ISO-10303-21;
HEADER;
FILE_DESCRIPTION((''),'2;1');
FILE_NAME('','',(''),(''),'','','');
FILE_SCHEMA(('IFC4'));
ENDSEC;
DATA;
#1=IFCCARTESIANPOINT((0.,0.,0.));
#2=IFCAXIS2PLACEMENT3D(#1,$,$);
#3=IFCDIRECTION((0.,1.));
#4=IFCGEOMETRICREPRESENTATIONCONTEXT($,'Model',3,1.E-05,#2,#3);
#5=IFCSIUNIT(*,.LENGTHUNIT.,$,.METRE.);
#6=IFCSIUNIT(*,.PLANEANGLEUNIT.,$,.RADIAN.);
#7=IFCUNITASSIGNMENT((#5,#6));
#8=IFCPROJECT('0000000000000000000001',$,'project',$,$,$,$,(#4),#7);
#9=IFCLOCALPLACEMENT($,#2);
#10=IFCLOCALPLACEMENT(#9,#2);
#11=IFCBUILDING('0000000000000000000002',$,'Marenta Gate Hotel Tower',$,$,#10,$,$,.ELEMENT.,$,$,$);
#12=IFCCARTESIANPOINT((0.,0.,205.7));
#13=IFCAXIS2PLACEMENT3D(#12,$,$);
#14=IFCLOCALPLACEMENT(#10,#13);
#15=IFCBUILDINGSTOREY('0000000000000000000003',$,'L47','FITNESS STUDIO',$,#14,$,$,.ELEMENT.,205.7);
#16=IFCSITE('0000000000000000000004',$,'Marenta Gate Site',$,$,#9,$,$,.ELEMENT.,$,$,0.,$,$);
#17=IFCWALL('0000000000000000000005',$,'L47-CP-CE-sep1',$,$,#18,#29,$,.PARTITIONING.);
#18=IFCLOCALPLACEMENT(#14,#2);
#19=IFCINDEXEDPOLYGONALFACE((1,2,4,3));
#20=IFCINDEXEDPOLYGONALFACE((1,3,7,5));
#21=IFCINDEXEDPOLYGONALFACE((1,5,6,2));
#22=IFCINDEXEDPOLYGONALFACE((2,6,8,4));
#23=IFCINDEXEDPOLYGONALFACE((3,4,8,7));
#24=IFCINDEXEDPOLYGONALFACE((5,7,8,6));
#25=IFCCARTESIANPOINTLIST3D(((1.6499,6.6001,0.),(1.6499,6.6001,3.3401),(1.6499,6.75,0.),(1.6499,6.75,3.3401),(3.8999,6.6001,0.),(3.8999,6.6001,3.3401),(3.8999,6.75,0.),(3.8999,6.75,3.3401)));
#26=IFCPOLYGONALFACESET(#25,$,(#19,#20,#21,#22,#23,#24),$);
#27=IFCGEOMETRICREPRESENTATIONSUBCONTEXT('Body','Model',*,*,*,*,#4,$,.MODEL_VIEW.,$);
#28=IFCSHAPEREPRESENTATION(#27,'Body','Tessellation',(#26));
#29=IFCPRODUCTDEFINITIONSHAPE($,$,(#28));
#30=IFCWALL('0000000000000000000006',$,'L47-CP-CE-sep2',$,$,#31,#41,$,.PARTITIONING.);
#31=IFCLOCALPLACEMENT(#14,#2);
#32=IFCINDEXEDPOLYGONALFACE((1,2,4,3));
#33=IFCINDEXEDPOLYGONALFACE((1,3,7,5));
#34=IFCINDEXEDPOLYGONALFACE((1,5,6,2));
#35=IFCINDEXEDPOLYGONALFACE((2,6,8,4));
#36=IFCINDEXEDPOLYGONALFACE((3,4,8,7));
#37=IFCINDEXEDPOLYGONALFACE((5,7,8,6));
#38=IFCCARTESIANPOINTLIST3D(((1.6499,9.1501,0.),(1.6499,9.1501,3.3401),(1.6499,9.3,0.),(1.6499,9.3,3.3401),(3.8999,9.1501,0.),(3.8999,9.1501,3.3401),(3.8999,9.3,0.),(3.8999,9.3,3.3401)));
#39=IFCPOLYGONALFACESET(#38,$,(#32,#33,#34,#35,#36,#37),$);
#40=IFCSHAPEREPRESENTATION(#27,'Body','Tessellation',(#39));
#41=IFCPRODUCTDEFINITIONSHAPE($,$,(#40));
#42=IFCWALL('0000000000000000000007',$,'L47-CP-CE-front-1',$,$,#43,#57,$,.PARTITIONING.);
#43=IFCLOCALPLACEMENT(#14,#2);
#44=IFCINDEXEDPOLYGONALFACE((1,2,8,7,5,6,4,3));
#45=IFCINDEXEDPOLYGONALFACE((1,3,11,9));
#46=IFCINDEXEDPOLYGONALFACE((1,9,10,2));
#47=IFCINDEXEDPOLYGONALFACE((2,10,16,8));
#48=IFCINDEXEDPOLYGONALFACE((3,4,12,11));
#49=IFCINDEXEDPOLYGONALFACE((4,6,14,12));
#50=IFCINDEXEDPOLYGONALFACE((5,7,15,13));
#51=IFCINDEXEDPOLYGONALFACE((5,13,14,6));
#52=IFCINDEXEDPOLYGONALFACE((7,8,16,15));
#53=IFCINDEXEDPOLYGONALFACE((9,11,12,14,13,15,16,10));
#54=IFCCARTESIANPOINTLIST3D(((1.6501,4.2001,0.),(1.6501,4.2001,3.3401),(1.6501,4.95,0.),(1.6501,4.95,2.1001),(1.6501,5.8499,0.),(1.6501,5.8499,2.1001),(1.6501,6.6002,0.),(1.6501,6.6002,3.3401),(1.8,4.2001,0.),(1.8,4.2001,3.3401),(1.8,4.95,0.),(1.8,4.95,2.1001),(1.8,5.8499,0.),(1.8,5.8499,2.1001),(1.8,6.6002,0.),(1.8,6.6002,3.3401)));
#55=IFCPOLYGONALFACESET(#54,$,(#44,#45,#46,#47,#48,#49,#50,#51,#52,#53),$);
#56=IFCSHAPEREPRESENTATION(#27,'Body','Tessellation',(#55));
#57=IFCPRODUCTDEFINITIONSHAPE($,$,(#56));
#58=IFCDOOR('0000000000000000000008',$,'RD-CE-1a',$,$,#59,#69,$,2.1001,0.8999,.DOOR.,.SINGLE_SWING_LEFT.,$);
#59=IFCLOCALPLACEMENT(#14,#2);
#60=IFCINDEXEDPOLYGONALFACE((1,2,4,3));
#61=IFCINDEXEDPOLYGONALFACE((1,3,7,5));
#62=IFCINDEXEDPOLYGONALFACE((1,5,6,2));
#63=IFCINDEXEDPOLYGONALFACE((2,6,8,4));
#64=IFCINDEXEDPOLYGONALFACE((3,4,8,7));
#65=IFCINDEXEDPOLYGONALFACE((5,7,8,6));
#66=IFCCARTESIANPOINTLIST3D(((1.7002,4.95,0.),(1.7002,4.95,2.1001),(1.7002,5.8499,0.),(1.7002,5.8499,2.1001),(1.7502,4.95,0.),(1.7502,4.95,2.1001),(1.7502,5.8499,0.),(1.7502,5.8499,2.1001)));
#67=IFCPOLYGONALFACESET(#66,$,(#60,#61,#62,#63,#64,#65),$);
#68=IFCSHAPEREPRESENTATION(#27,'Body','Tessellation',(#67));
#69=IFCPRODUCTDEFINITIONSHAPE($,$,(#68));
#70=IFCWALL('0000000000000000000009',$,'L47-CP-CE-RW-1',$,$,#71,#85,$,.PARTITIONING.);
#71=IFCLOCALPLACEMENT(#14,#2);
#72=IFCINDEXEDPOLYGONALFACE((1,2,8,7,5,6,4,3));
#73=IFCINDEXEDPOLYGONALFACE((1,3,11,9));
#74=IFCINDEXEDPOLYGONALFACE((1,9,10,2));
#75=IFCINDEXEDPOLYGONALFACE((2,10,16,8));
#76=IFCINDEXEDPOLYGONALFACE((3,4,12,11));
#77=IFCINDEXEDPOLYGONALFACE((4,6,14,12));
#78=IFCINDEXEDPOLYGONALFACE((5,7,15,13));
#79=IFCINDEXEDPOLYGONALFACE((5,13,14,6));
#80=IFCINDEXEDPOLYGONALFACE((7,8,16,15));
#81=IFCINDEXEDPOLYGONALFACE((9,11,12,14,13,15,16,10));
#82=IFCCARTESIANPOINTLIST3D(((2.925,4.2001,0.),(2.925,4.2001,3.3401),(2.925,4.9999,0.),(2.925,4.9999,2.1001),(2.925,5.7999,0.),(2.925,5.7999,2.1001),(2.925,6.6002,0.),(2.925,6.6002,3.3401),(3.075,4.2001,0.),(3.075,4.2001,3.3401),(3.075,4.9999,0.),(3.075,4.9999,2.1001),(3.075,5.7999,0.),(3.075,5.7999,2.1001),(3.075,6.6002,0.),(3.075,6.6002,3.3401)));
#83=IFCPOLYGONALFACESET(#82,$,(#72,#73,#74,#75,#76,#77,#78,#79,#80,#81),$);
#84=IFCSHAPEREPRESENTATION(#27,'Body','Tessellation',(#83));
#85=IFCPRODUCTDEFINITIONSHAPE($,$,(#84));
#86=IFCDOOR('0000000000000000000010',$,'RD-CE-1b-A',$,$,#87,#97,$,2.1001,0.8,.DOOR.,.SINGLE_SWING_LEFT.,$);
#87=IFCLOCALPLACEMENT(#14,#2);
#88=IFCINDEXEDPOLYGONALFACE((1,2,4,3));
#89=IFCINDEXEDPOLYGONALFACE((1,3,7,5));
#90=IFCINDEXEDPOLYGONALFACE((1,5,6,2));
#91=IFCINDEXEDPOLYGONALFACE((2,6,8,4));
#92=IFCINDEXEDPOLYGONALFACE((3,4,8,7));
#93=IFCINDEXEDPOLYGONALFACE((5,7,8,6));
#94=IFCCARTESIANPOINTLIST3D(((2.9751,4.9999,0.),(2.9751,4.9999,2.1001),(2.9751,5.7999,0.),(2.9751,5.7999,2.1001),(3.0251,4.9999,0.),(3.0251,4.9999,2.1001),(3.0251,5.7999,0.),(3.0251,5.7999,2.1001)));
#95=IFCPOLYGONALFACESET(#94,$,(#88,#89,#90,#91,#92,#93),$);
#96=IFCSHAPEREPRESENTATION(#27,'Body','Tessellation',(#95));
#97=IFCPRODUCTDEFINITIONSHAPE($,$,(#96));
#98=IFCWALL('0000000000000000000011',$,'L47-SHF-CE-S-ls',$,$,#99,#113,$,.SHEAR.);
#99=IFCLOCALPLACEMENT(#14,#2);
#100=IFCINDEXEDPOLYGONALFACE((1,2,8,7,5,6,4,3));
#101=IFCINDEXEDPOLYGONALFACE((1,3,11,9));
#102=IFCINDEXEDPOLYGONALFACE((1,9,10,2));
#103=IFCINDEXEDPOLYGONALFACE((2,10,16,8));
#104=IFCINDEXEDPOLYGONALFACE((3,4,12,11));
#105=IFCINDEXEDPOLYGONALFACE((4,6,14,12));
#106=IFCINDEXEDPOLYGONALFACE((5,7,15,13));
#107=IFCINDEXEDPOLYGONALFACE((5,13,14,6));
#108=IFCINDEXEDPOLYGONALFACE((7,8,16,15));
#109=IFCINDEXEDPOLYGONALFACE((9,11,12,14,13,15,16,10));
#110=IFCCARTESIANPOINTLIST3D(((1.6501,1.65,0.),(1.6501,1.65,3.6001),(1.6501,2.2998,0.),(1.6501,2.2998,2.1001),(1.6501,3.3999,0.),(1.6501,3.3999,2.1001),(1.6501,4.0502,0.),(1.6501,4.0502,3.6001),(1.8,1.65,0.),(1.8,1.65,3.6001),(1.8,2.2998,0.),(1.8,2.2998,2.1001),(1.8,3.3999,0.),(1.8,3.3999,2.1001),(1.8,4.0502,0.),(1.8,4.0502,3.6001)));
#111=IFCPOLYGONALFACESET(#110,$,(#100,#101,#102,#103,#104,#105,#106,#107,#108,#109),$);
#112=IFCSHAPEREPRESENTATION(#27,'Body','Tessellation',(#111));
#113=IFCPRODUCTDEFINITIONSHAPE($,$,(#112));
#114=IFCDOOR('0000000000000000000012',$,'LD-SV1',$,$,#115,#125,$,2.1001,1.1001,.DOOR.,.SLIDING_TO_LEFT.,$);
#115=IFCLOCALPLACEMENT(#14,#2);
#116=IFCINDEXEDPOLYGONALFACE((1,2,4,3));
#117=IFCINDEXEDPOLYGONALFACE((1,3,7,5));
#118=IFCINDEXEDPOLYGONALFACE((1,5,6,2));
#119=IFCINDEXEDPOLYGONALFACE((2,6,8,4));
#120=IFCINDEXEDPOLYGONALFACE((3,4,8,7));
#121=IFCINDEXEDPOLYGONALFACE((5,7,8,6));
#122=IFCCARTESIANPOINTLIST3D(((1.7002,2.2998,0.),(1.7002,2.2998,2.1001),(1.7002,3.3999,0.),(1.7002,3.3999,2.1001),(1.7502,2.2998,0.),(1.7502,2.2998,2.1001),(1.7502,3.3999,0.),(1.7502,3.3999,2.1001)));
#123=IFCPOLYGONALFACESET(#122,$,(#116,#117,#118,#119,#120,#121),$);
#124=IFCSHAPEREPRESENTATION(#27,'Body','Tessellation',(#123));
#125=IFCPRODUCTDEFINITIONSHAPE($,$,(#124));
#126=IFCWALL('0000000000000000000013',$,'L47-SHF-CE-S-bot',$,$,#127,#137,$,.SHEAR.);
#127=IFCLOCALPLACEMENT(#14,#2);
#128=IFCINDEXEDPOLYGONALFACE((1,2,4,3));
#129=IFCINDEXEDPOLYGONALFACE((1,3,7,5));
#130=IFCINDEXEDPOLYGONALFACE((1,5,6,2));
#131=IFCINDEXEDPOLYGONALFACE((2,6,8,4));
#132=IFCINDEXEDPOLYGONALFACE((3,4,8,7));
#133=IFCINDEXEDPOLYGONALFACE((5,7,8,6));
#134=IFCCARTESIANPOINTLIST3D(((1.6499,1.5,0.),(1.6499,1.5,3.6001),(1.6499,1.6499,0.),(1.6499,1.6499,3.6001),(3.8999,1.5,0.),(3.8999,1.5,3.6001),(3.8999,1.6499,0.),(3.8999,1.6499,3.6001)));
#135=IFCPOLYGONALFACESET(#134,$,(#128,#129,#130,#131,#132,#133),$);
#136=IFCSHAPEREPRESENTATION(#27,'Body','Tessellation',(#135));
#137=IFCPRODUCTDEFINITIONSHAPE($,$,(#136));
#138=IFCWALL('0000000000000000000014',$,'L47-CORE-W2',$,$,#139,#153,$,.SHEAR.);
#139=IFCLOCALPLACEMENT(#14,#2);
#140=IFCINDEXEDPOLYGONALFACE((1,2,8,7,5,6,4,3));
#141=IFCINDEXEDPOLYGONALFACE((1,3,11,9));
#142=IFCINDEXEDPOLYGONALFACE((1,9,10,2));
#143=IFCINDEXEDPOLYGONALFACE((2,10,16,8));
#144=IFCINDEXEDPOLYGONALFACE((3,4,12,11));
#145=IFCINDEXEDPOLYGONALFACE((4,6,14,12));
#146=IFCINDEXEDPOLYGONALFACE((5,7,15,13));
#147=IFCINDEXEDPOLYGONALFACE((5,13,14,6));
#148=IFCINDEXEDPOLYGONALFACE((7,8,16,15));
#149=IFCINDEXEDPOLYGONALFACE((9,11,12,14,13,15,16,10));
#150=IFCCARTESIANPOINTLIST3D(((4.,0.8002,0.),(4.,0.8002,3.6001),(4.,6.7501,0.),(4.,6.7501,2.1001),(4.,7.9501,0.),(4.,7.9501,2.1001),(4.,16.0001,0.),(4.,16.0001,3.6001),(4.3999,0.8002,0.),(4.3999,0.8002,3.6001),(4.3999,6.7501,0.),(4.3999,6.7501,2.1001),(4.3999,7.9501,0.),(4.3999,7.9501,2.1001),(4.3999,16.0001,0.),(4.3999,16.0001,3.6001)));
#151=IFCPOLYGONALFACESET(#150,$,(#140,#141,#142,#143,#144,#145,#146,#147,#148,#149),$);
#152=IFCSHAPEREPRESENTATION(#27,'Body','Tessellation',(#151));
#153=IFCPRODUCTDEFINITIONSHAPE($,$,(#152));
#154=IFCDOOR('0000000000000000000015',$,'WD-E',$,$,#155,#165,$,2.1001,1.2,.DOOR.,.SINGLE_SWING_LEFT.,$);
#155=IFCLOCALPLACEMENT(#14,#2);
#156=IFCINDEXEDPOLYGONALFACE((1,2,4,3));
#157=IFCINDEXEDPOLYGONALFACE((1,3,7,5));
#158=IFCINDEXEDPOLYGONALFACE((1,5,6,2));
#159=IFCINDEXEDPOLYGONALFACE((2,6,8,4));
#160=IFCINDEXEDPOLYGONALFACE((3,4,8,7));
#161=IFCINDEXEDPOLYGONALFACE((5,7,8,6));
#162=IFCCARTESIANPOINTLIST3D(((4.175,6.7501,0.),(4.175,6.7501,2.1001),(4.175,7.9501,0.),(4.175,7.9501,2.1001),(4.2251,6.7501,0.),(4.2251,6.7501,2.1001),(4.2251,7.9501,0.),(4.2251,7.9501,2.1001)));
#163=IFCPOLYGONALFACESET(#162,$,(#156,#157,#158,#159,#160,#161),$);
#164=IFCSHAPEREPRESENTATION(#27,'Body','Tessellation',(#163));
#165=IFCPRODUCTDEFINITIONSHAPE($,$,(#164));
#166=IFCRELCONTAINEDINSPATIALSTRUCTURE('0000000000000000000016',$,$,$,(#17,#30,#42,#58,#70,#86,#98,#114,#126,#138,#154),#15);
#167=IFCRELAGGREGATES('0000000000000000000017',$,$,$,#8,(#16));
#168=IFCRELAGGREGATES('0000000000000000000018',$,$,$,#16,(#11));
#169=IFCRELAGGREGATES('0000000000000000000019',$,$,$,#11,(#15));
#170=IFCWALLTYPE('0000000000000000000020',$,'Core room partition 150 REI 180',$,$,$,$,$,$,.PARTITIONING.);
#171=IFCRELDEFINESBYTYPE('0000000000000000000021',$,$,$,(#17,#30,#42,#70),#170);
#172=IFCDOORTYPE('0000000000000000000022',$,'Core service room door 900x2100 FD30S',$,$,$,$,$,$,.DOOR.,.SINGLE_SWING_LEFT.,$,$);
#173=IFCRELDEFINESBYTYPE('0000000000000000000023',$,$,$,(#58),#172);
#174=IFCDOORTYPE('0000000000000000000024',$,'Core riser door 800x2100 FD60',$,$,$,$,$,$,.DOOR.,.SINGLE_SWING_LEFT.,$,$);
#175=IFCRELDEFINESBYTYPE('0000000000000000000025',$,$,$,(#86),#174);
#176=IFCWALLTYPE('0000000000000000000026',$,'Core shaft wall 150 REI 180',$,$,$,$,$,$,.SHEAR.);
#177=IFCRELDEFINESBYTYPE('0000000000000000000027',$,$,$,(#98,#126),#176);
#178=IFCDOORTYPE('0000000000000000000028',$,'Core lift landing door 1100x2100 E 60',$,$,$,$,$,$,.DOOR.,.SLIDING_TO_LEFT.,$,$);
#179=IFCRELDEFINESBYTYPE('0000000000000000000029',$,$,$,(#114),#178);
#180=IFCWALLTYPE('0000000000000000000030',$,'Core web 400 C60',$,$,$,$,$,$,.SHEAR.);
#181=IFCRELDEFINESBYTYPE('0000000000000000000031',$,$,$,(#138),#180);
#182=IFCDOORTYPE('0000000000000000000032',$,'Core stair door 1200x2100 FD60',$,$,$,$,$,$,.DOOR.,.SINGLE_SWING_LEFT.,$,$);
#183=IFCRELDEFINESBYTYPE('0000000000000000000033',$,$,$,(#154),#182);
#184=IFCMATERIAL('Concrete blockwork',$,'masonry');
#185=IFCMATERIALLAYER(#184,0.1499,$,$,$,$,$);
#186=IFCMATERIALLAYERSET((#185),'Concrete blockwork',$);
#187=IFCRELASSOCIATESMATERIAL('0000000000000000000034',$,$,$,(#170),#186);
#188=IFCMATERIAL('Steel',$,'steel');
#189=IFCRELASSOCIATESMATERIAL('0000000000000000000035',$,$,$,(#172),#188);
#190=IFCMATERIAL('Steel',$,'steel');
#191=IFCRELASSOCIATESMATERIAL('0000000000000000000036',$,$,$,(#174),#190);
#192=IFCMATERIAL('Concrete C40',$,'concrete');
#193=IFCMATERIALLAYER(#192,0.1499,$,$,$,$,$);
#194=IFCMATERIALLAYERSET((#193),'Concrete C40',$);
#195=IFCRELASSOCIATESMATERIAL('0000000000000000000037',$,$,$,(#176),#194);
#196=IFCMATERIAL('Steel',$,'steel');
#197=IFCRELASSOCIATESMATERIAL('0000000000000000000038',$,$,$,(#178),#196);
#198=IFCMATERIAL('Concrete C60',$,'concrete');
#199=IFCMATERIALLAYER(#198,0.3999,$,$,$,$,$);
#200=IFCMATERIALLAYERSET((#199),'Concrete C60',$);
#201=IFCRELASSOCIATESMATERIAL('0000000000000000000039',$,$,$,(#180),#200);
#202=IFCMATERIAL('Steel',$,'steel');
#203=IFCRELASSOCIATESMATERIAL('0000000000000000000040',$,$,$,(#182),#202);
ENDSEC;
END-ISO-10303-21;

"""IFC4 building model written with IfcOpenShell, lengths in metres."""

from ifc_helpers import new_model, si_unit, direction, frame, frame_2d, origin, place, context, subcontext, project, spatial, rectangle, extrude, material, layer, layer_set, type_object, element, fill, save


model = new_model("IFC4")

# Units and contexts
model_context = context("Model", 3, precision=1e-05, world=origin(), true_north=direction((0.0, 1.0)))
body_context = subcontext(model_context, "Body", "Model", "MODEL_VIEW")
ifc_project = project(units=[si_unit("LENGTHUNIT", "METRE"), si_unit("PLANEANGLEUNIT", "RADIAN")], contexts=[model_context])

# Site, building, storey
site_placement = place(None, origin())
site = spatial("IfcSite", under=ifc_project, at=site_placement, Name="Marenta Gate Site", CompositionType="ELEMENT", RefElevation=0.0)
building_placement = place(site_placement, origin())
building = spatial("IfcBuilding", under=site, at=building_placement, Name="Marenta Gate Hotel Tower", CompositionType="ELEMENT")
storey_placement = place(building_placement, frame((0.0, 0.0, 205.7)))
storey = spatial("IfcBuildingStorey", under=building, at=storey_placement, Name="L47", Description="FITNESS STUDIO", CompositionType="ELEMENT", Elevation=205.7)

# Walls
ifc_material_1 = material(Name="Concrete blockwork", Category="masonry")
ifc_layer_1 = layer(ifc_material_1, 0.1499)
ifc_layer_set_1 = layer_set([ifc_layer_1], Name="Concrete blockwork")
wall_type_1 = type_object("IfcWallType", Name="Core room partition 150 REI 180", PredefinedType="PARTITIONING", material=ifc_layer_set_1)
for number, where, z_axis, x_axis, name in (
    (1, (1.6499, 6.675, 0.0), (0.0, 0.0, 1.0), (1.0, 0.0, 0.0), "L47-CP-CE-sep1"),
    (2, (1.6499, 9.2251, 0.0), (0.0, 0.0, 1.0), (1.0, 0.0, 0.0), "L47-CP-CE-sep2"),
):
    element("IfcWall", number, at=place(storey_placement, frame(where, z_axis=z_axis, x_axis=x_axis)), inside=storey, type_object=wall_type_1, Name=name, PredefinedType="PARTITIONING", context=body_context, shape_type="SweptSolid", body=[
        extrude(rectangle(XDim=2.25, YDim=0.1499, at=frame_2d((1.125, 0.0))), origin(), (0.0, 0.0, 1.0), 3.3401),
    ])

# Walls, openings, doors
wall_1_placement = place(storey_placement, frame((1.7251, 4.2, 0.0), z_axis=(0.0, 0.0, 1.0), x_axis=(0.0, 1.0, 0.0)))
wall_1 = element("IfcWall", 3, at=wall_1_placement, inside=storey, type_object=wall_type_1, Name="L47-CP-CE-front-1", PredefinedType="PARTITIONING", context=body_context, shape_type="SweptSolid", body=[
    extrude(rectangle(XDim=2.4001, YDim=0.1499, at=frame_2d((1.2002, 0.0))), origin(), (0.0, 0.0, 1.0), 3.3401),
])
opening_1_placement = place(wall_1_placement, frame((0.75, 0.0, 0.0)))
opening_1 = element("IfcOpeningElement", 4, at=opening_1_placement, cuts=wall_1, PredefinedType="OPENING", context=body_context, shape_type="SweptSolid", body=[
    extrude(rectangle(XDim=0.8999, YDim=2.1001, at=frame_2d((0.45, 1.05))), frame((0.0, 0.075, 0.0), z_axis=(0.0, -1.0, 0.0), x_axis=(1.0, 0.0, 0.0)), (0.0, 0.0, 1.0), 0.1499),
])
ifc_material_2 = material(Name="Steel", Category="steel")
door_type_1 = type_object("IfcDoorType", Name="Core service room door 900x2100 FD30S", OperationType="SINGLE_SWING_LEFT", PredefinedType="DOOR", material=ifc_material_2)
door_1_placement = place(opening_1_placement, origin())
door_1 = element("IfcDoor", 5, at=door_1_placement, inside=storey, type_object=door_type_1, Name="RD-CE-1a", OperationType="SINGLE_SWING_LEFT", OverallHeight=2.1001, OverallWidth=0.8999, PredefinedType="DOOR", context=body_context, shape_type="SweptSolid", body=[
    extrude(rectangle(XDim=0.8999, YDim=2.1001, at=frame_2d((0.45, 1.05))), frame((0.0, 0.0249, 0.0), z_axis=(0.0, -1.0, 0.0), x_axis=(1.0, 0.0, 0.0)), (0.0, 0.0, 1.0), 0.05),
])
fill(opening_1, door_1)
wall_2_placement = place(storey_placement, frame((3.0, 4.2, 0.0), z_axis=(0.0, 0.0, 1.0), x_axis=(0.0, 1.0, 0.0)))
wall_2 = element("IfcWall", 6, at=wall_2_placement, inside=storey, type_object=wall_type_1, Name="L47-CP-CE-RW-1", PredefinedType="PARTITIONING", context=body_context, shape_type="SweptSolid", body=[
    extrude(rectangle(XDim=2.4001, YDim=0.1499, at=frame_2d((1.2002, 0.0))), origin(), (0.0, 0.0, 1.0), 3.3401),
])
opening_2_placement = place(wall_2_placement, frame((0.8, 0.0, 0.0)))
opening_2 = element("IfcOpeningElement", 7, at=opening_2_placement, cuts=wall_2, PredefinedType="OPENING", context=body_context, shape_type="SweptSolid", body=[
    extrude(rectangle(XDim=0.8, YDim=2.1001, at=frame_2d((0.3999, 1.05))), frame((0.0, 0.075, 0.0), z_axis=(0.0, -1.0, 0.0), x_axis=(1.0, 0.0, 0.0)), (0.0, 0.0, 1.0), 0.1499),
])
ifc_material_3 = material(Name="Steel", Category="steel")
door_type_2 = type_object("IfcDoorType", Name="Core riser door 800x2100 FD60", OperationType="SINGLE_SWING_LEFT", PredefinedType="DOOR", material=ifc_material_3)
door_2_placement = place(opening_2_placement, origin())
door_2 = element("IfcDoor", 8, at=door_2_placement, inside=storey, type_object=door_type_2, Name="RD-CE-1b-A", OperationType="SINGLE_SWING_LEFT", OverallHeight=2.1001, OverallWidth=0.8, PredefinedType="DOOR", context=body_context, shape_type="SweptSolid", body=[
    extrude(rectangle(XDim=0.8, YDim=2.1001, at=frame_2d((0.3999, 1.05))), frame((0.0, 0.0249, 0.0), z_axis=(0.0, -1.0, 0.0), x_axis=(1.0, 0.0, 0.0)), (0.0, 0.0, 1.0), 0.05),
])
fill(opening_2, door_2)
ifc_material_4 = material(Name="Concrete C40", Category="concrete")
ifc_layer_2 = layer(ifc_material_4, 0.1499)
ifc_layer_set_2 = layer_set([ifc_layer_2], Name="Concrete C40")
wall_type_2 = type_object("IfcWallType", Name="Core shaft wall 150 REI 180", PredefinedType="SHEAR", material=ifc_layer_set_2)
wall_3_placement = place(storey_placement, frame((1.7251, 1.6499, 0.0), z_axis=(0.0, 0.0, 1.0), x_axis=(0.0, 1.0, 0.0)))
wall_3 = element("IfcWall", 9, at=wall_3_placement, inside=storey, type_object=wall_type_2, Name="L47-SHF-CE-S-ls", PredefinedType="SHEAR", context=body_context, shape_type="SweptSolid", body=[
    extrude(rectangle(XDim=2.4001, YDim=0.1499, at=frame_2d((1.2002, 0.0))), origin(), (0.0, 0.0, 1.0), 3.6001),
])
opening_3_placement = place(wall_3_placement, frame((0.6499, 0.0, 0.0)))
opening_3 = element("IfcOpeningElement", 10, at=opening_3_placement, cuts=wall_3, PredefinedType="OPENING", context=body_context, shape_type="SweptSolid", body=[
    extrude(rectangle(XDim=1.1001, YDim=2.1001, at=frame_2d((0.55, 1.05))), frame((0.0, 0.075, 0.0), z_axis=(0.0, -1.0, 0.0), x_axis=(1.0, 0.0, 0.0)), (0.0, 0.0, 1.0), 0.1499),
])
ifc_material_5 = material(Name="Steel", Category="steel")
door_type_3 = type_object("IfcDoorType", Name="Core lift landing door 1100x2100 E 60", OperationType="SLIDING_TO_LEFT", PredefinedType="DOOR", material=ifc_material_5)
door_3_placement = place(opening_3_placement, origin())
door_3 = element("IfcDoor", 11, at=door_3_placement, inside=storey, type_object=door_type_3, Name="LD-SV1", OperationType="SLIDING_TO_LEFT", OverallHeight=2.1001, OverallWidth=1.1001, PredefinedType="DOOR", context=body_context, shape_type="SweptSolid", body=[
    extrude(rectangle(XDim=1.1001, YDim=2.1001, at=frame_2d((0.55, 1.05))), frame((0.0, 0.0249, 0.0), z_axis=(0.0, -1.0, 0.0), x_axis=(1.0, 0.0, 0.0)), (0.0, 0.0, 1.0), 0.05),
])
fill(opening_3, door_3)

# Wall
wall_4_placement = place(storey_placement, frame((1.6499, 1.575, 0.0), z_axis=(0.0, 0.0, 1.0), x_axis=(1.0, 0.0, 0.0)))
element("IfcWall", 12, at=wall_4_placement, inside=storey, type_object=wall_type_2, Name="L47-SHF-CE-S-bot", PredefinedType="SHEAR", context=body_context, shape_type="SweptSolid", body=[
    extrude(rectangle(XDim=2.25, YDim=0.1499, at=frame_2d((1.125, 0.0))), origin(), (0.0, 0.0, 1.0), 3.6001),
])

# Wall, opening, door
ifc_material_6 = material(Name="Concrete C60", Category="concrete")
ifc_layer_3 = layer(ifc_material_6, 0.3999)
ifc_layer_set_3 = layer_set([ifc_layer_3], Name="Concrete C60")
wall_type_3 = type_object("IfcWallType", Name="Core web 400 C60", PredefinedType="SHEAR", material=ifc_layer_set_3)
wall_5_placement = place(storey_placement, frame((4.2, 0.8, 0.0), z_axis=(0.0, 0.0, 1.0), x_axis=(0.0, 1.0, 0.0)))
wall_5 = element("IfcWall", 13, at=wall_5_placement, inside=storey, type_object=wall_type_3, Name="L47-CORE-W2", PredefinedType="SHEAR", context=body_context, shape_type="SweptSolid", body=[
    extrude(rectangle(XDim=15.2, YDim=0.3999, at=frame_2d((7.6001, 0.0))), origin(), (0.0, 0.0, 1.0), 3.6001),
])
opening_4_placement = place(wall_5_placement, frame((5.95, 0.0, 0.0)))
opening_4 = element("IfcOpeningElement", 14, at=opening_4_placement, cuts=wall_5, PredefinedType="OPENING", context=body_context, shape_type="SweptSolid", body=[
    extrude(rectangle(XDim=1.2, YDim=2.1001, at=frame_2d((0.6001, 1.05))), frame((0.0, 0.2, 0.0), z_axis=(0.0, -1.0, 0.0), x_axis=(1.0, 0.0, 0.0)), (0.0, 0.0, 1.0), 0.3999),
])
ifc_material_7 = material(Name="Steel", Category="steel")
door_type_4 = type_object("IfcDoorType", Name="Core stair door 1200x2100 FD60", OperationType="SINGLE_SWING_LEFT", PredefinedType="DOOR", material=ifc_material_7)
door_4_placement = place(opening_4_placement, origin())
door_4 = element("IfcDoor", 15, at=door_4_placement, inside=storey, type_object=door_type_4, Name="WD-E", OperationType="SINGLE_SWING_LEFT", OverallHeight=2.1001, OverallWidth=1.2, PredefinedType="DOOR", context=body_context, shape_type="SweptSolid", body=[
    extrude(rectangle(XDim=1.2, YDim=2.1001, at=frame_2d((0.6001, 1.05))), frame((0.0, 0.0249, 0.0), z_axis=(0.0, -1.0, 0.0), x_axis=(1.0, 0.0, 0.0)), (0.0, 0.0, 1.0), 0.05),
])
fill(opening_4, door_4)

save(model, "model.ifc")
